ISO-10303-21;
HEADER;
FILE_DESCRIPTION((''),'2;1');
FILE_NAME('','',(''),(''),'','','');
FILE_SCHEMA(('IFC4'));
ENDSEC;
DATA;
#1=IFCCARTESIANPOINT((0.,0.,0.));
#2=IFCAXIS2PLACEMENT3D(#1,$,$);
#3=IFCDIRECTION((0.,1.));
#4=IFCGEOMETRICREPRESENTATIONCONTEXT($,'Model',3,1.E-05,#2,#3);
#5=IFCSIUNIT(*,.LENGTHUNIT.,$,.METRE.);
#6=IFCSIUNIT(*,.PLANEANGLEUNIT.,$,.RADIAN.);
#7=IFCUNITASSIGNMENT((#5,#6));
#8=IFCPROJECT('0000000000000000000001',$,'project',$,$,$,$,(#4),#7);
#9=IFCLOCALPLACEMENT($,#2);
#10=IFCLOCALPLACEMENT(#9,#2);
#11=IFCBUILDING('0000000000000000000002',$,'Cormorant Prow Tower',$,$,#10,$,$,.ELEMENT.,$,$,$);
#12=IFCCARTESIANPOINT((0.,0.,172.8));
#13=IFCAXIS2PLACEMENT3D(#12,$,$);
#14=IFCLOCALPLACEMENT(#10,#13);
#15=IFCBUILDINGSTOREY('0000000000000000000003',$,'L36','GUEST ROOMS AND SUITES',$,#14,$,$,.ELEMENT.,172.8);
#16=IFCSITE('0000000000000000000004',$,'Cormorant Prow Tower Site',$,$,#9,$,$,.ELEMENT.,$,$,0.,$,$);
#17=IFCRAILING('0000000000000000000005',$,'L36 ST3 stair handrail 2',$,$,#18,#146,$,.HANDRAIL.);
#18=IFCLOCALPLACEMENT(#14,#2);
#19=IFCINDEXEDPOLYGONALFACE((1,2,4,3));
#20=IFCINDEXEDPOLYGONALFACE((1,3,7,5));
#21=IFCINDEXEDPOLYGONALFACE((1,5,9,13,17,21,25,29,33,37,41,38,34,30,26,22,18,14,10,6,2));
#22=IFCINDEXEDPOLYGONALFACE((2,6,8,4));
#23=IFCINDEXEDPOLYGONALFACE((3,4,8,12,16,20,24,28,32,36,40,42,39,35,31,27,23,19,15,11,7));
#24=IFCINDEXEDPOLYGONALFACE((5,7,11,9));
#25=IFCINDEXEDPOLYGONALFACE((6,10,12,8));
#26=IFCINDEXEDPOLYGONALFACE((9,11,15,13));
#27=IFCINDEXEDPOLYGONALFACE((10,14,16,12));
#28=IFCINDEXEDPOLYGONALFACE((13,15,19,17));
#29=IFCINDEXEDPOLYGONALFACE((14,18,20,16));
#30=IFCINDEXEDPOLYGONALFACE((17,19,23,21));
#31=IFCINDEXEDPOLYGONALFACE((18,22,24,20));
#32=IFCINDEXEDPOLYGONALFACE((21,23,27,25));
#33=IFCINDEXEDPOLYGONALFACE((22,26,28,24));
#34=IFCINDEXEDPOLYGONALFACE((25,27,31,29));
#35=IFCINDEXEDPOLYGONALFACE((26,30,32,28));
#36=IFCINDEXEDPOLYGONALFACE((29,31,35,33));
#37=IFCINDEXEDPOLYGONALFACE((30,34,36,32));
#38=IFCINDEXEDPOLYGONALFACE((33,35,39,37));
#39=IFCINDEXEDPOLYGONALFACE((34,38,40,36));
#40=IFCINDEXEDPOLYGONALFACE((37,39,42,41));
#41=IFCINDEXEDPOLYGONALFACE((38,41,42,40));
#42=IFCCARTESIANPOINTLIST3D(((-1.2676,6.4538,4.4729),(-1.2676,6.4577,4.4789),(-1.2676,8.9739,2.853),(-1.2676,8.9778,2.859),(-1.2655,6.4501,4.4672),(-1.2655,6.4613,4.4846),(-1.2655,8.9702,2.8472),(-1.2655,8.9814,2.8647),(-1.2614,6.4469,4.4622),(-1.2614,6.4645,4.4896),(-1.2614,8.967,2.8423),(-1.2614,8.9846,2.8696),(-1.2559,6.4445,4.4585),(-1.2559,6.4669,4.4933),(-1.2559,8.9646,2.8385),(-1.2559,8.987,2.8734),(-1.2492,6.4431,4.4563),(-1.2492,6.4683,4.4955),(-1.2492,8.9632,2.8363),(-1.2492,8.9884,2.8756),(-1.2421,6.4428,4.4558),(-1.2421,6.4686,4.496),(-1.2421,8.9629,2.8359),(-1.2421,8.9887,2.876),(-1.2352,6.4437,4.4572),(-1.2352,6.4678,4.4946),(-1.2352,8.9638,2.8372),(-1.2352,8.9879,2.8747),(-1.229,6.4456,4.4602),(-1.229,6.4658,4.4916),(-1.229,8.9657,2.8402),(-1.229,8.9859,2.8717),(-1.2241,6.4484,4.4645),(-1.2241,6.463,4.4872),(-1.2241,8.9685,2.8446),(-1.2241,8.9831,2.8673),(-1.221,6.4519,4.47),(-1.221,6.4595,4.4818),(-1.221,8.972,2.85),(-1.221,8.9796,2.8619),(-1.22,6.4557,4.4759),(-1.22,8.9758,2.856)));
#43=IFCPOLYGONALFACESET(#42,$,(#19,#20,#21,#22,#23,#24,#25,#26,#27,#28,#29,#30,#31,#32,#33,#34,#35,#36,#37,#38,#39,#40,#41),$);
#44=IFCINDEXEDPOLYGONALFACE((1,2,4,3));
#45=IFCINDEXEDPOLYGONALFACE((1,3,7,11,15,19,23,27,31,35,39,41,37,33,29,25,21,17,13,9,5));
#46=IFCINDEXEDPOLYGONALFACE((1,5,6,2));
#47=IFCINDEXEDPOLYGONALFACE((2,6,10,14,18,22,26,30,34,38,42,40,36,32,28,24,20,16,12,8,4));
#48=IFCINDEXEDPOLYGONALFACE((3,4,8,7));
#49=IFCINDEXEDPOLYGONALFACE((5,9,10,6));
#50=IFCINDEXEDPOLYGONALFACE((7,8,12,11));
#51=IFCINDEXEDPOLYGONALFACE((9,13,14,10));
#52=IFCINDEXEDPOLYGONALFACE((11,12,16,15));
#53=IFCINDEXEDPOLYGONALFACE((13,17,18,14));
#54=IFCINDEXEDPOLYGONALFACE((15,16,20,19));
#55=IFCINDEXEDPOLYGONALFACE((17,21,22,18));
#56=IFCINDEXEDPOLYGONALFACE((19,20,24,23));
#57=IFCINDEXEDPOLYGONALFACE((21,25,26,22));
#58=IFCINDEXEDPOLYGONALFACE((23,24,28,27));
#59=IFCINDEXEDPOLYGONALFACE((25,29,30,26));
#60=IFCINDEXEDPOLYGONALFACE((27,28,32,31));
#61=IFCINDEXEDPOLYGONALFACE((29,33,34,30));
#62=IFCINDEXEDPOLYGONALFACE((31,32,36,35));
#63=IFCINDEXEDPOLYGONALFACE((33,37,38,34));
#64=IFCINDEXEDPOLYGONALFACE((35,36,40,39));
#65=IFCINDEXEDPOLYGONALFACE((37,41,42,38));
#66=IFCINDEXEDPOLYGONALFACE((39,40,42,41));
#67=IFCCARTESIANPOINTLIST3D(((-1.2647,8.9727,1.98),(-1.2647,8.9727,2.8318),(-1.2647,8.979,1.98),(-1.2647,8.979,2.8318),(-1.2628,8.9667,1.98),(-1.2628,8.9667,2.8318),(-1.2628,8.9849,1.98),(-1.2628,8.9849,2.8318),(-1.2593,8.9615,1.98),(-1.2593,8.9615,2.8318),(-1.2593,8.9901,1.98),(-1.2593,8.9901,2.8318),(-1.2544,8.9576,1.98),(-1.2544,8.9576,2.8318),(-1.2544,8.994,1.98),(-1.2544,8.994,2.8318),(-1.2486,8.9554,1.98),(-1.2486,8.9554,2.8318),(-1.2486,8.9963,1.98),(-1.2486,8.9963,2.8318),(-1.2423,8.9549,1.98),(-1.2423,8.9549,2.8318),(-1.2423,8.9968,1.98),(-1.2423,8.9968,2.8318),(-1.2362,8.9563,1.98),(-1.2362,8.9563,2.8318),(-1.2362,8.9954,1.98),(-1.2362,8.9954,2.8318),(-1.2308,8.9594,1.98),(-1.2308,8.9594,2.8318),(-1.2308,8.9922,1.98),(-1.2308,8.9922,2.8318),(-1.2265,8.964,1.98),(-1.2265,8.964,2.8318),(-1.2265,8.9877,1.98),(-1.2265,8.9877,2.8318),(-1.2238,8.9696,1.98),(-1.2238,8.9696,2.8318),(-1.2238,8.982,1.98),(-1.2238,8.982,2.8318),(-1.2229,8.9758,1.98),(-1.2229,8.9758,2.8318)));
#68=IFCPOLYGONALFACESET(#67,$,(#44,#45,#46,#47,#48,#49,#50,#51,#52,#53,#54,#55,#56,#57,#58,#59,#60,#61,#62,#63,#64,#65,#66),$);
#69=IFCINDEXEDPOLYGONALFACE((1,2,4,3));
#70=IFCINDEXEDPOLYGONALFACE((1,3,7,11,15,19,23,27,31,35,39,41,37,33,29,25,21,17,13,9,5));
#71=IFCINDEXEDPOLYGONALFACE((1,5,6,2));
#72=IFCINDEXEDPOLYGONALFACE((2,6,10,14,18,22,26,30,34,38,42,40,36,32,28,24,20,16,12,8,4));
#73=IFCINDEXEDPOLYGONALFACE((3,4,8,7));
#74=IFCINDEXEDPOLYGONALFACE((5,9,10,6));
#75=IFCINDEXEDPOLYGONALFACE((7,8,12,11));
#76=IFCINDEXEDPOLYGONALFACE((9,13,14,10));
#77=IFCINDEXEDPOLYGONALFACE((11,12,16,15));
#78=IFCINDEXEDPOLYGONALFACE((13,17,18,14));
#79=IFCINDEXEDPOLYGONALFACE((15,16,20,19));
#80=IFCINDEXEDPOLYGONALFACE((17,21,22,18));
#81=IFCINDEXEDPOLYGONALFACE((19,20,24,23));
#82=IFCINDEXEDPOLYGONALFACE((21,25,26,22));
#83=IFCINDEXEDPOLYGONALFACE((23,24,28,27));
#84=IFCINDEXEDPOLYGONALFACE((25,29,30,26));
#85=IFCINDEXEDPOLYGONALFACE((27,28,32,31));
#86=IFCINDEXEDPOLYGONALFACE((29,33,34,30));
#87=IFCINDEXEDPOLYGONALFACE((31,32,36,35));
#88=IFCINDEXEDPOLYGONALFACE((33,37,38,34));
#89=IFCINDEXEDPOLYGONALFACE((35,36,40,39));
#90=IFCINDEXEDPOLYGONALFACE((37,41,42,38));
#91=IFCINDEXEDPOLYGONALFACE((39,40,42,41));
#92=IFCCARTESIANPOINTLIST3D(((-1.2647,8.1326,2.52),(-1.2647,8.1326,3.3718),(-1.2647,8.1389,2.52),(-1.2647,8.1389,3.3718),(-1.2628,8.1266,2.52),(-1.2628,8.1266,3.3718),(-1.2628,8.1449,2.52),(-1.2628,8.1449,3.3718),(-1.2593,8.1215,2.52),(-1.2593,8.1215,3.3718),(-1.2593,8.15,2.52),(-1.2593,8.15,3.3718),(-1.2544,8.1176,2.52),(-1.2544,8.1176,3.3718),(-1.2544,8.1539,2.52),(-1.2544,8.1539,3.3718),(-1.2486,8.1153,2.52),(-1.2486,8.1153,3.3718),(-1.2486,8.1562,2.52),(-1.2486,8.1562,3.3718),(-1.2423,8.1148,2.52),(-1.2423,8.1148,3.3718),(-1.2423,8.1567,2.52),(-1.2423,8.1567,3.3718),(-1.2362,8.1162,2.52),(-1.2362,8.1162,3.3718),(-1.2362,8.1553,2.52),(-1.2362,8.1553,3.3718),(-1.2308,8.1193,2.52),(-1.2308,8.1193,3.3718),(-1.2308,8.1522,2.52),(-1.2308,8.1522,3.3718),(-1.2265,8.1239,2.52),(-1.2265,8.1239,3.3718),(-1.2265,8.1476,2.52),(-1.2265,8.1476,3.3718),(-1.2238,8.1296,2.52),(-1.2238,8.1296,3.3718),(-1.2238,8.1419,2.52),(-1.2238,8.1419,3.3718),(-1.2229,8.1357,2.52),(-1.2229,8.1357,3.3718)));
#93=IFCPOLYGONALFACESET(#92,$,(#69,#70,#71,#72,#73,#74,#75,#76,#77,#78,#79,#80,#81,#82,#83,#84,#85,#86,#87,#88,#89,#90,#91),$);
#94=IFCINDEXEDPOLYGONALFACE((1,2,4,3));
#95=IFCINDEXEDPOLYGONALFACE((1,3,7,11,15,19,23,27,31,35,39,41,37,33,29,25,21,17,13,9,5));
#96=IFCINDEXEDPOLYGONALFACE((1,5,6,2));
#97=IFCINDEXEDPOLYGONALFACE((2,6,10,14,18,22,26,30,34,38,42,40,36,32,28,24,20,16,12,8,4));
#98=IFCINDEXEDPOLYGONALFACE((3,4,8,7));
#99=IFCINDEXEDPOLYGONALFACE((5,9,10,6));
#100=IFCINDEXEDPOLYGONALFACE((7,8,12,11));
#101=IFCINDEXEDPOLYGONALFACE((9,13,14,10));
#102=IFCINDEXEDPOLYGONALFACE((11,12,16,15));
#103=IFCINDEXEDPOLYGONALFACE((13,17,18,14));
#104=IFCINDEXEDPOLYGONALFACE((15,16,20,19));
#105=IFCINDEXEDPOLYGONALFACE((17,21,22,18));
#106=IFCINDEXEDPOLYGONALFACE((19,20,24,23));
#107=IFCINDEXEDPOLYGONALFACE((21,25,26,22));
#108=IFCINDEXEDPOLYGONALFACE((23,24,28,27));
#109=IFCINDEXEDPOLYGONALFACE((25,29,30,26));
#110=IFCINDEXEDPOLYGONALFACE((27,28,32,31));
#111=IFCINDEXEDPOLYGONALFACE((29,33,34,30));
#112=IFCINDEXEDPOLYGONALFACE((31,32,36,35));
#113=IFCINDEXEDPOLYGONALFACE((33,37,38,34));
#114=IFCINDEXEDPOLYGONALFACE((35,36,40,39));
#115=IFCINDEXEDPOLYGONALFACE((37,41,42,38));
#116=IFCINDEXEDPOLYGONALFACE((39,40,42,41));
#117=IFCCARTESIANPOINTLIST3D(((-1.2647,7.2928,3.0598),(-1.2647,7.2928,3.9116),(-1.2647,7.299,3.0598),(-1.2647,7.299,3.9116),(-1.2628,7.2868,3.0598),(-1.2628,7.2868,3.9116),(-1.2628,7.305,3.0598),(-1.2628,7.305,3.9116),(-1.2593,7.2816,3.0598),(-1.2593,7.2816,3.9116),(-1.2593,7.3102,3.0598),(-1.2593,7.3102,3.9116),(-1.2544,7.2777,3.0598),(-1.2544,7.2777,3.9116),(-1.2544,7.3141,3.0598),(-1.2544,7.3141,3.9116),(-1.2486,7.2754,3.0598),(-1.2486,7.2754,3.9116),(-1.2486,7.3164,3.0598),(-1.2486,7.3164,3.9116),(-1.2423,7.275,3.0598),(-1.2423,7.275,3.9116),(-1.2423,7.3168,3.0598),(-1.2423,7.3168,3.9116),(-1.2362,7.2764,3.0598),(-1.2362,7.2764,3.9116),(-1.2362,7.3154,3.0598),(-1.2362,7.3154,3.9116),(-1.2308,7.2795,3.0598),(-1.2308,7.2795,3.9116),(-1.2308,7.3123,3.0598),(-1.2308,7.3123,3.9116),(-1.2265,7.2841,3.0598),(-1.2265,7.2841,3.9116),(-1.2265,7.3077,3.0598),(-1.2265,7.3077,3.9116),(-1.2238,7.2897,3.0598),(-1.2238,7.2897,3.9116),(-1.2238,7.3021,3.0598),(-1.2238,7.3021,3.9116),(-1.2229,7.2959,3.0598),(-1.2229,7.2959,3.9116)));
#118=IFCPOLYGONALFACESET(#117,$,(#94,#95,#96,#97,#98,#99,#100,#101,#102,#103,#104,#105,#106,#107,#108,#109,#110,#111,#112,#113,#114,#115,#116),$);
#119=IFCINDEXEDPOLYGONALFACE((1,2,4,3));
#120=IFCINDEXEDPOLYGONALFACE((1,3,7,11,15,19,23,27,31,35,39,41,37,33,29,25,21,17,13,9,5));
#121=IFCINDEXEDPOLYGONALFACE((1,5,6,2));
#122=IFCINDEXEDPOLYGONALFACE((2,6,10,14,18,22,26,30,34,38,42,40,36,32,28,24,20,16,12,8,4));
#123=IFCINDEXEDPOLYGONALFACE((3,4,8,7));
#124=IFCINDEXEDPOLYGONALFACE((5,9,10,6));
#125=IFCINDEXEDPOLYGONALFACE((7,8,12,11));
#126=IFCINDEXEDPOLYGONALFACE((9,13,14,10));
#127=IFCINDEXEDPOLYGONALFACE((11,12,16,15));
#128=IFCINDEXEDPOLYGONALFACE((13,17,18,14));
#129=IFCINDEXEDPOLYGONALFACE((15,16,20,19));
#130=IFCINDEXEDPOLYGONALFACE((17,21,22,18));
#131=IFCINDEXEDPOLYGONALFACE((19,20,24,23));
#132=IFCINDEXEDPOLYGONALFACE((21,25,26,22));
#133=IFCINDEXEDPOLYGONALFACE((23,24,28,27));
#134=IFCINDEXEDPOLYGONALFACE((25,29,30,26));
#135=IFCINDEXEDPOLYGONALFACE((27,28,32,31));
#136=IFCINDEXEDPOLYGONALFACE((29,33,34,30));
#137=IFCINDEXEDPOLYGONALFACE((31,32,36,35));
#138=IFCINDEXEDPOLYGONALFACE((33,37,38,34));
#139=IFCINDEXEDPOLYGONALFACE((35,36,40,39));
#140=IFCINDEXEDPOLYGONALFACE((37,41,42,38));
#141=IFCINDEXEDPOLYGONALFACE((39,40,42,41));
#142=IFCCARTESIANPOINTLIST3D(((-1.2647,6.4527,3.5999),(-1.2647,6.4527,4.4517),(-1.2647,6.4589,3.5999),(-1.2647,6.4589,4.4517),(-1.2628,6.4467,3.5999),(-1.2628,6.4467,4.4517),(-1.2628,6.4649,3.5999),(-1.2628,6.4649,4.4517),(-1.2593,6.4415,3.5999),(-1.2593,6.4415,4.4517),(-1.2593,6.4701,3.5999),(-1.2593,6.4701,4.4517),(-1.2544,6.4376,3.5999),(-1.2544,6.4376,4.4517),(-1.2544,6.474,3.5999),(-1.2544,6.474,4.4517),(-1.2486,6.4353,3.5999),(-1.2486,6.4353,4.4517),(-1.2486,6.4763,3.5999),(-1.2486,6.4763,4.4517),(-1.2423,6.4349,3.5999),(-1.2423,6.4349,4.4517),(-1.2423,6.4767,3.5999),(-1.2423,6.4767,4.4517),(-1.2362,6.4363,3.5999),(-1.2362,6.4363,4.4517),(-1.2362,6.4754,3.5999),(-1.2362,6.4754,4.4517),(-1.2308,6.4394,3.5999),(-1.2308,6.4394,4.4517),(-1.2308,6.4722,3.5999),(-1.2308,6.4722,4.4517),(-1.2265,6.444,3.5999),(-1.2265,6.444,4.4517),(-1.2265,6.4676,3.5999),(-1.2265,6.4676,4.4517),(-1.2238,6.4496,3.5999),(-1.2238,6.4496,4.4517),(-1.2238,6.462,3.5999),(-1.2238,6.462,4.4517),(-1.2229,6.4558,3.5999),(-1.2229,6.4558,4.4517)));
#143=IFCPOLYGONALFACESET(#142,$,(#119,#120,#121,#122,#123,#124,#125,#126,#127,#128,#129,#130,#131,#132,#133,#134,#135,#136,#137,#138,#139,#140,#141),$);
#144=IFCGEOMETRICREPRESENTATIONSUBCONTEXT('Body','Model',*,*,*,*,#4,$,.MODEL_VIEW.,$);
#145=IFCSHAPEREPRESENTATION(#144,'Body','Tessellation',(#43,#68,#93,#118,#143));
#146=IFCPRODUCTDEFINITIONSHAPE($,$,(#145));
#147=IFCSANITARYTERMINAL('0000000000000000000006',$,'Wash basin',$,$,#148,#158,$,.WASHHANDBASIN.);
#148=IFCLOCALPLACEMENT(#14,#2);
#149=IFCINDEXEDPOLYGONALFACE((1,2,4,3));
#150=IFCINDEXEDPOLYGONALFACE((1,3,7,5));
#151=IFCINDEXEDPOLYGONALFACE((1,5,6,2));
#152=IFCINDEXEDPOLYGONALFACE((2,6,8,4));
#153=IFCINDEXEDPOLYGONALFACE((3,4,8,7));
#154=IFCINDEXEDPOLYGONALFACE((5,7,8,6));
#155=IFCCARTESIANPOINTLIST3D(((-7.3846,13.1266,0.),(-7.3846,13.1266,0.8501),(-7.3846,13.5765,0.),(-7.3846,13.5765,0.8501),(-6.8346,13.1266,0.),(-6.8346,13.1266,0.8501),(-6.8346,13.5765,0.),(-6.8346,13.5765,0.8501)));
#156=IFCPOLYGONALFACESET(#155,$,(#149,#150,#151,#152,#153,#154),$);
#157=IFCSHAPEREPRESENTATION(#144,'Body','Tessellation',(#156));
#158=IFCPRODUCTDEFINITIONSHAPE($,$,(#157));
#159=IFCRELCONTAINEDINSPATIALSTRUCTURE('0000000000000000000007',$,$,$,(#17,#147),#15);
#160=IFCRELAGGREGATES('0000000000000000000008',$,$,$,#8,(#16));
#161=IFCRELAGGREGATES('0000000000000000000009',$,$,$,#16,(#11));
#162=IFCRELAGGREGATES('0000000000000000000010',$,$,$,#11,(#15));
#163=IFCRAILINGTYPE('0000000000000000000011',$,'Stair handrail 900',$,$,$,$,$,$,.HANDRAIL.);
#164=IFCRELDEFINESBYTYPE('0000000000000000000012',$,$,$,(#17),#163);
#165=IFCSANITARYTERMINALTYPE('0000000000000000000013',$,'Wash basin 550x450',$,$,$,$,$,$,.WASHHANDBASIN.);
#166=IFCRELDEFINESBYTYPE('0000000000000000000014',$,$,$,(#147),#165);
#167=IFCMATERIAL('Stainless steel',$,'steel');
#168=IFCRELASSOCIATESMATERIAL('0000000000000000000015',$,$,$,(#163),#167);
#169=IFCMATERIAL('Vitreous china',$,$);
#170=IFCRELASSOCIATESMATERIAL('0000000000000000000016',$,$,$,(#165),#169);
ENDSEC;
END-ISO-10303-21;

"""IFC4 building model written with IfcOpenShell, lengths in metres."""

from ifc_helpers import new_model, si_unit, direction, frame, origin, origin_2d, place, context, subcontext, project, spatial, rectangle, circle, extrude, material, type_object, element, save


model = new_model("IFC4")

# Units and contexts
model_context = context("Model", 3, precision=1e-05, world=origin(), true_north=direction((0.0, 1.0)))
body_context = subcontext(model_context, "Body", "Model", "MODEL_VIEW")
ifc_project = project(units=[si_unit("LENGTHUNIT", "METRE"), si_unit("PLANEANGLEUNIT", "RADIAN")], contexts=[model_context])

# Site, building, storey
site_placement = place(None, origin())
site = spatial("IfcSite", under=ifc_project, at=site_placement, Name="Cormorant Prow Tower Site", CompositionType="ELEMENT", RefElevation=0.0)
building_placement = place(site_placement, origin())
building = spatial("IfcBuilding", under=site, at=building_placement, Name="Cormorant Prow Tower", CompositionType="ELEMENT")
storey_placement = place(building_placement, frame((0.0, 0.0, 172.8)))
storey = spatial("IfcBuildingStorey", under=building, at=storey_placement, Name="L36", Description="GUEST ROOMS AND SUITES", CompositionType="ELEMENT", Elevation=172.8)

# Railing
ifc_material_1 = material(Name="Stainless steel", Category="steel")
railing_type = type_object("IfcRailingType", Name="Stair handrail 900", PredefinedType="HANDRAIL", material=ifc_material_1)
railing_placement = place(storey_placement, frame((-1.2439, 8.9758, 1.98)))
element("IfcRailing", 1, at=railing_placement, inside=storey, type_object=railing_type, Name="L36 ST3 stair handrail 2", PredefinedType="HANDRAIL", context=body_context, shape_type="SweptSolid", body=[
    extrude(circle(Radius=0.0239, at=origin_2d()), frame((0.0, 0.0, 0.876), z_axis=(0.0, -0.8412, 0.540725), x_axis=(1.0, 0.0, 0.0)), (0.0, 0.0, 1.0), 2.9958),
    extrude(circle(Radius=0.021, at=origin_2d()), origin(), (0.0, 0.0, 1.0), 0.8518),
    extrude(circle(Radius=0.021, at=origin_2d()), frame((0.0, -0.8401, 0.54)), (0.0, 0.0, 1.0), 0.8518),
    extrude(circle(Radius=0.021, at=origin_2d()), frame((0.0, -1.6799, 1.0798)), (0.0, 0.0, 1.0), 0.8518),
    extrude(circle(Radius=0.021, at=origin_2d()), frame((0.0, -2.52, 1.6199)), (0.0, 0.0, 1.0), 0.8518),
])

# Sanitary terminal
ifc_material_2 = material(Name="Vitreous china")
sanitary_terminal_type = type_object("IfcSanitaryTerminalType", Name="Wash basin 550x450", PredefinedType="WASHHANDBASIN", material=ifc_material_2)
sanitary_terminal_placement = place(storey_placement, frame((-7.1096, 13.3516, 0.0), z_axis=(0.0, 0.0, 1.0), x_axis=(1.0, 0.0, 0.0)))
element("IfcSanitaryTerminal", 2, at=sanitary_terminal_placement, inside=storey, type_object=sanitary_terminal_type, Name="Wash basin", PredefinedType="WASHHANDBASIN", context=body_context, shape_type="SweptSolid", body=[
    extrude(rectangle(XDim=0.55, YDim=0.45, at=origin_2d()), origin(), (0.0, 0.0, 1.0), 0.8501),
])

save(model, "model.ifc")
